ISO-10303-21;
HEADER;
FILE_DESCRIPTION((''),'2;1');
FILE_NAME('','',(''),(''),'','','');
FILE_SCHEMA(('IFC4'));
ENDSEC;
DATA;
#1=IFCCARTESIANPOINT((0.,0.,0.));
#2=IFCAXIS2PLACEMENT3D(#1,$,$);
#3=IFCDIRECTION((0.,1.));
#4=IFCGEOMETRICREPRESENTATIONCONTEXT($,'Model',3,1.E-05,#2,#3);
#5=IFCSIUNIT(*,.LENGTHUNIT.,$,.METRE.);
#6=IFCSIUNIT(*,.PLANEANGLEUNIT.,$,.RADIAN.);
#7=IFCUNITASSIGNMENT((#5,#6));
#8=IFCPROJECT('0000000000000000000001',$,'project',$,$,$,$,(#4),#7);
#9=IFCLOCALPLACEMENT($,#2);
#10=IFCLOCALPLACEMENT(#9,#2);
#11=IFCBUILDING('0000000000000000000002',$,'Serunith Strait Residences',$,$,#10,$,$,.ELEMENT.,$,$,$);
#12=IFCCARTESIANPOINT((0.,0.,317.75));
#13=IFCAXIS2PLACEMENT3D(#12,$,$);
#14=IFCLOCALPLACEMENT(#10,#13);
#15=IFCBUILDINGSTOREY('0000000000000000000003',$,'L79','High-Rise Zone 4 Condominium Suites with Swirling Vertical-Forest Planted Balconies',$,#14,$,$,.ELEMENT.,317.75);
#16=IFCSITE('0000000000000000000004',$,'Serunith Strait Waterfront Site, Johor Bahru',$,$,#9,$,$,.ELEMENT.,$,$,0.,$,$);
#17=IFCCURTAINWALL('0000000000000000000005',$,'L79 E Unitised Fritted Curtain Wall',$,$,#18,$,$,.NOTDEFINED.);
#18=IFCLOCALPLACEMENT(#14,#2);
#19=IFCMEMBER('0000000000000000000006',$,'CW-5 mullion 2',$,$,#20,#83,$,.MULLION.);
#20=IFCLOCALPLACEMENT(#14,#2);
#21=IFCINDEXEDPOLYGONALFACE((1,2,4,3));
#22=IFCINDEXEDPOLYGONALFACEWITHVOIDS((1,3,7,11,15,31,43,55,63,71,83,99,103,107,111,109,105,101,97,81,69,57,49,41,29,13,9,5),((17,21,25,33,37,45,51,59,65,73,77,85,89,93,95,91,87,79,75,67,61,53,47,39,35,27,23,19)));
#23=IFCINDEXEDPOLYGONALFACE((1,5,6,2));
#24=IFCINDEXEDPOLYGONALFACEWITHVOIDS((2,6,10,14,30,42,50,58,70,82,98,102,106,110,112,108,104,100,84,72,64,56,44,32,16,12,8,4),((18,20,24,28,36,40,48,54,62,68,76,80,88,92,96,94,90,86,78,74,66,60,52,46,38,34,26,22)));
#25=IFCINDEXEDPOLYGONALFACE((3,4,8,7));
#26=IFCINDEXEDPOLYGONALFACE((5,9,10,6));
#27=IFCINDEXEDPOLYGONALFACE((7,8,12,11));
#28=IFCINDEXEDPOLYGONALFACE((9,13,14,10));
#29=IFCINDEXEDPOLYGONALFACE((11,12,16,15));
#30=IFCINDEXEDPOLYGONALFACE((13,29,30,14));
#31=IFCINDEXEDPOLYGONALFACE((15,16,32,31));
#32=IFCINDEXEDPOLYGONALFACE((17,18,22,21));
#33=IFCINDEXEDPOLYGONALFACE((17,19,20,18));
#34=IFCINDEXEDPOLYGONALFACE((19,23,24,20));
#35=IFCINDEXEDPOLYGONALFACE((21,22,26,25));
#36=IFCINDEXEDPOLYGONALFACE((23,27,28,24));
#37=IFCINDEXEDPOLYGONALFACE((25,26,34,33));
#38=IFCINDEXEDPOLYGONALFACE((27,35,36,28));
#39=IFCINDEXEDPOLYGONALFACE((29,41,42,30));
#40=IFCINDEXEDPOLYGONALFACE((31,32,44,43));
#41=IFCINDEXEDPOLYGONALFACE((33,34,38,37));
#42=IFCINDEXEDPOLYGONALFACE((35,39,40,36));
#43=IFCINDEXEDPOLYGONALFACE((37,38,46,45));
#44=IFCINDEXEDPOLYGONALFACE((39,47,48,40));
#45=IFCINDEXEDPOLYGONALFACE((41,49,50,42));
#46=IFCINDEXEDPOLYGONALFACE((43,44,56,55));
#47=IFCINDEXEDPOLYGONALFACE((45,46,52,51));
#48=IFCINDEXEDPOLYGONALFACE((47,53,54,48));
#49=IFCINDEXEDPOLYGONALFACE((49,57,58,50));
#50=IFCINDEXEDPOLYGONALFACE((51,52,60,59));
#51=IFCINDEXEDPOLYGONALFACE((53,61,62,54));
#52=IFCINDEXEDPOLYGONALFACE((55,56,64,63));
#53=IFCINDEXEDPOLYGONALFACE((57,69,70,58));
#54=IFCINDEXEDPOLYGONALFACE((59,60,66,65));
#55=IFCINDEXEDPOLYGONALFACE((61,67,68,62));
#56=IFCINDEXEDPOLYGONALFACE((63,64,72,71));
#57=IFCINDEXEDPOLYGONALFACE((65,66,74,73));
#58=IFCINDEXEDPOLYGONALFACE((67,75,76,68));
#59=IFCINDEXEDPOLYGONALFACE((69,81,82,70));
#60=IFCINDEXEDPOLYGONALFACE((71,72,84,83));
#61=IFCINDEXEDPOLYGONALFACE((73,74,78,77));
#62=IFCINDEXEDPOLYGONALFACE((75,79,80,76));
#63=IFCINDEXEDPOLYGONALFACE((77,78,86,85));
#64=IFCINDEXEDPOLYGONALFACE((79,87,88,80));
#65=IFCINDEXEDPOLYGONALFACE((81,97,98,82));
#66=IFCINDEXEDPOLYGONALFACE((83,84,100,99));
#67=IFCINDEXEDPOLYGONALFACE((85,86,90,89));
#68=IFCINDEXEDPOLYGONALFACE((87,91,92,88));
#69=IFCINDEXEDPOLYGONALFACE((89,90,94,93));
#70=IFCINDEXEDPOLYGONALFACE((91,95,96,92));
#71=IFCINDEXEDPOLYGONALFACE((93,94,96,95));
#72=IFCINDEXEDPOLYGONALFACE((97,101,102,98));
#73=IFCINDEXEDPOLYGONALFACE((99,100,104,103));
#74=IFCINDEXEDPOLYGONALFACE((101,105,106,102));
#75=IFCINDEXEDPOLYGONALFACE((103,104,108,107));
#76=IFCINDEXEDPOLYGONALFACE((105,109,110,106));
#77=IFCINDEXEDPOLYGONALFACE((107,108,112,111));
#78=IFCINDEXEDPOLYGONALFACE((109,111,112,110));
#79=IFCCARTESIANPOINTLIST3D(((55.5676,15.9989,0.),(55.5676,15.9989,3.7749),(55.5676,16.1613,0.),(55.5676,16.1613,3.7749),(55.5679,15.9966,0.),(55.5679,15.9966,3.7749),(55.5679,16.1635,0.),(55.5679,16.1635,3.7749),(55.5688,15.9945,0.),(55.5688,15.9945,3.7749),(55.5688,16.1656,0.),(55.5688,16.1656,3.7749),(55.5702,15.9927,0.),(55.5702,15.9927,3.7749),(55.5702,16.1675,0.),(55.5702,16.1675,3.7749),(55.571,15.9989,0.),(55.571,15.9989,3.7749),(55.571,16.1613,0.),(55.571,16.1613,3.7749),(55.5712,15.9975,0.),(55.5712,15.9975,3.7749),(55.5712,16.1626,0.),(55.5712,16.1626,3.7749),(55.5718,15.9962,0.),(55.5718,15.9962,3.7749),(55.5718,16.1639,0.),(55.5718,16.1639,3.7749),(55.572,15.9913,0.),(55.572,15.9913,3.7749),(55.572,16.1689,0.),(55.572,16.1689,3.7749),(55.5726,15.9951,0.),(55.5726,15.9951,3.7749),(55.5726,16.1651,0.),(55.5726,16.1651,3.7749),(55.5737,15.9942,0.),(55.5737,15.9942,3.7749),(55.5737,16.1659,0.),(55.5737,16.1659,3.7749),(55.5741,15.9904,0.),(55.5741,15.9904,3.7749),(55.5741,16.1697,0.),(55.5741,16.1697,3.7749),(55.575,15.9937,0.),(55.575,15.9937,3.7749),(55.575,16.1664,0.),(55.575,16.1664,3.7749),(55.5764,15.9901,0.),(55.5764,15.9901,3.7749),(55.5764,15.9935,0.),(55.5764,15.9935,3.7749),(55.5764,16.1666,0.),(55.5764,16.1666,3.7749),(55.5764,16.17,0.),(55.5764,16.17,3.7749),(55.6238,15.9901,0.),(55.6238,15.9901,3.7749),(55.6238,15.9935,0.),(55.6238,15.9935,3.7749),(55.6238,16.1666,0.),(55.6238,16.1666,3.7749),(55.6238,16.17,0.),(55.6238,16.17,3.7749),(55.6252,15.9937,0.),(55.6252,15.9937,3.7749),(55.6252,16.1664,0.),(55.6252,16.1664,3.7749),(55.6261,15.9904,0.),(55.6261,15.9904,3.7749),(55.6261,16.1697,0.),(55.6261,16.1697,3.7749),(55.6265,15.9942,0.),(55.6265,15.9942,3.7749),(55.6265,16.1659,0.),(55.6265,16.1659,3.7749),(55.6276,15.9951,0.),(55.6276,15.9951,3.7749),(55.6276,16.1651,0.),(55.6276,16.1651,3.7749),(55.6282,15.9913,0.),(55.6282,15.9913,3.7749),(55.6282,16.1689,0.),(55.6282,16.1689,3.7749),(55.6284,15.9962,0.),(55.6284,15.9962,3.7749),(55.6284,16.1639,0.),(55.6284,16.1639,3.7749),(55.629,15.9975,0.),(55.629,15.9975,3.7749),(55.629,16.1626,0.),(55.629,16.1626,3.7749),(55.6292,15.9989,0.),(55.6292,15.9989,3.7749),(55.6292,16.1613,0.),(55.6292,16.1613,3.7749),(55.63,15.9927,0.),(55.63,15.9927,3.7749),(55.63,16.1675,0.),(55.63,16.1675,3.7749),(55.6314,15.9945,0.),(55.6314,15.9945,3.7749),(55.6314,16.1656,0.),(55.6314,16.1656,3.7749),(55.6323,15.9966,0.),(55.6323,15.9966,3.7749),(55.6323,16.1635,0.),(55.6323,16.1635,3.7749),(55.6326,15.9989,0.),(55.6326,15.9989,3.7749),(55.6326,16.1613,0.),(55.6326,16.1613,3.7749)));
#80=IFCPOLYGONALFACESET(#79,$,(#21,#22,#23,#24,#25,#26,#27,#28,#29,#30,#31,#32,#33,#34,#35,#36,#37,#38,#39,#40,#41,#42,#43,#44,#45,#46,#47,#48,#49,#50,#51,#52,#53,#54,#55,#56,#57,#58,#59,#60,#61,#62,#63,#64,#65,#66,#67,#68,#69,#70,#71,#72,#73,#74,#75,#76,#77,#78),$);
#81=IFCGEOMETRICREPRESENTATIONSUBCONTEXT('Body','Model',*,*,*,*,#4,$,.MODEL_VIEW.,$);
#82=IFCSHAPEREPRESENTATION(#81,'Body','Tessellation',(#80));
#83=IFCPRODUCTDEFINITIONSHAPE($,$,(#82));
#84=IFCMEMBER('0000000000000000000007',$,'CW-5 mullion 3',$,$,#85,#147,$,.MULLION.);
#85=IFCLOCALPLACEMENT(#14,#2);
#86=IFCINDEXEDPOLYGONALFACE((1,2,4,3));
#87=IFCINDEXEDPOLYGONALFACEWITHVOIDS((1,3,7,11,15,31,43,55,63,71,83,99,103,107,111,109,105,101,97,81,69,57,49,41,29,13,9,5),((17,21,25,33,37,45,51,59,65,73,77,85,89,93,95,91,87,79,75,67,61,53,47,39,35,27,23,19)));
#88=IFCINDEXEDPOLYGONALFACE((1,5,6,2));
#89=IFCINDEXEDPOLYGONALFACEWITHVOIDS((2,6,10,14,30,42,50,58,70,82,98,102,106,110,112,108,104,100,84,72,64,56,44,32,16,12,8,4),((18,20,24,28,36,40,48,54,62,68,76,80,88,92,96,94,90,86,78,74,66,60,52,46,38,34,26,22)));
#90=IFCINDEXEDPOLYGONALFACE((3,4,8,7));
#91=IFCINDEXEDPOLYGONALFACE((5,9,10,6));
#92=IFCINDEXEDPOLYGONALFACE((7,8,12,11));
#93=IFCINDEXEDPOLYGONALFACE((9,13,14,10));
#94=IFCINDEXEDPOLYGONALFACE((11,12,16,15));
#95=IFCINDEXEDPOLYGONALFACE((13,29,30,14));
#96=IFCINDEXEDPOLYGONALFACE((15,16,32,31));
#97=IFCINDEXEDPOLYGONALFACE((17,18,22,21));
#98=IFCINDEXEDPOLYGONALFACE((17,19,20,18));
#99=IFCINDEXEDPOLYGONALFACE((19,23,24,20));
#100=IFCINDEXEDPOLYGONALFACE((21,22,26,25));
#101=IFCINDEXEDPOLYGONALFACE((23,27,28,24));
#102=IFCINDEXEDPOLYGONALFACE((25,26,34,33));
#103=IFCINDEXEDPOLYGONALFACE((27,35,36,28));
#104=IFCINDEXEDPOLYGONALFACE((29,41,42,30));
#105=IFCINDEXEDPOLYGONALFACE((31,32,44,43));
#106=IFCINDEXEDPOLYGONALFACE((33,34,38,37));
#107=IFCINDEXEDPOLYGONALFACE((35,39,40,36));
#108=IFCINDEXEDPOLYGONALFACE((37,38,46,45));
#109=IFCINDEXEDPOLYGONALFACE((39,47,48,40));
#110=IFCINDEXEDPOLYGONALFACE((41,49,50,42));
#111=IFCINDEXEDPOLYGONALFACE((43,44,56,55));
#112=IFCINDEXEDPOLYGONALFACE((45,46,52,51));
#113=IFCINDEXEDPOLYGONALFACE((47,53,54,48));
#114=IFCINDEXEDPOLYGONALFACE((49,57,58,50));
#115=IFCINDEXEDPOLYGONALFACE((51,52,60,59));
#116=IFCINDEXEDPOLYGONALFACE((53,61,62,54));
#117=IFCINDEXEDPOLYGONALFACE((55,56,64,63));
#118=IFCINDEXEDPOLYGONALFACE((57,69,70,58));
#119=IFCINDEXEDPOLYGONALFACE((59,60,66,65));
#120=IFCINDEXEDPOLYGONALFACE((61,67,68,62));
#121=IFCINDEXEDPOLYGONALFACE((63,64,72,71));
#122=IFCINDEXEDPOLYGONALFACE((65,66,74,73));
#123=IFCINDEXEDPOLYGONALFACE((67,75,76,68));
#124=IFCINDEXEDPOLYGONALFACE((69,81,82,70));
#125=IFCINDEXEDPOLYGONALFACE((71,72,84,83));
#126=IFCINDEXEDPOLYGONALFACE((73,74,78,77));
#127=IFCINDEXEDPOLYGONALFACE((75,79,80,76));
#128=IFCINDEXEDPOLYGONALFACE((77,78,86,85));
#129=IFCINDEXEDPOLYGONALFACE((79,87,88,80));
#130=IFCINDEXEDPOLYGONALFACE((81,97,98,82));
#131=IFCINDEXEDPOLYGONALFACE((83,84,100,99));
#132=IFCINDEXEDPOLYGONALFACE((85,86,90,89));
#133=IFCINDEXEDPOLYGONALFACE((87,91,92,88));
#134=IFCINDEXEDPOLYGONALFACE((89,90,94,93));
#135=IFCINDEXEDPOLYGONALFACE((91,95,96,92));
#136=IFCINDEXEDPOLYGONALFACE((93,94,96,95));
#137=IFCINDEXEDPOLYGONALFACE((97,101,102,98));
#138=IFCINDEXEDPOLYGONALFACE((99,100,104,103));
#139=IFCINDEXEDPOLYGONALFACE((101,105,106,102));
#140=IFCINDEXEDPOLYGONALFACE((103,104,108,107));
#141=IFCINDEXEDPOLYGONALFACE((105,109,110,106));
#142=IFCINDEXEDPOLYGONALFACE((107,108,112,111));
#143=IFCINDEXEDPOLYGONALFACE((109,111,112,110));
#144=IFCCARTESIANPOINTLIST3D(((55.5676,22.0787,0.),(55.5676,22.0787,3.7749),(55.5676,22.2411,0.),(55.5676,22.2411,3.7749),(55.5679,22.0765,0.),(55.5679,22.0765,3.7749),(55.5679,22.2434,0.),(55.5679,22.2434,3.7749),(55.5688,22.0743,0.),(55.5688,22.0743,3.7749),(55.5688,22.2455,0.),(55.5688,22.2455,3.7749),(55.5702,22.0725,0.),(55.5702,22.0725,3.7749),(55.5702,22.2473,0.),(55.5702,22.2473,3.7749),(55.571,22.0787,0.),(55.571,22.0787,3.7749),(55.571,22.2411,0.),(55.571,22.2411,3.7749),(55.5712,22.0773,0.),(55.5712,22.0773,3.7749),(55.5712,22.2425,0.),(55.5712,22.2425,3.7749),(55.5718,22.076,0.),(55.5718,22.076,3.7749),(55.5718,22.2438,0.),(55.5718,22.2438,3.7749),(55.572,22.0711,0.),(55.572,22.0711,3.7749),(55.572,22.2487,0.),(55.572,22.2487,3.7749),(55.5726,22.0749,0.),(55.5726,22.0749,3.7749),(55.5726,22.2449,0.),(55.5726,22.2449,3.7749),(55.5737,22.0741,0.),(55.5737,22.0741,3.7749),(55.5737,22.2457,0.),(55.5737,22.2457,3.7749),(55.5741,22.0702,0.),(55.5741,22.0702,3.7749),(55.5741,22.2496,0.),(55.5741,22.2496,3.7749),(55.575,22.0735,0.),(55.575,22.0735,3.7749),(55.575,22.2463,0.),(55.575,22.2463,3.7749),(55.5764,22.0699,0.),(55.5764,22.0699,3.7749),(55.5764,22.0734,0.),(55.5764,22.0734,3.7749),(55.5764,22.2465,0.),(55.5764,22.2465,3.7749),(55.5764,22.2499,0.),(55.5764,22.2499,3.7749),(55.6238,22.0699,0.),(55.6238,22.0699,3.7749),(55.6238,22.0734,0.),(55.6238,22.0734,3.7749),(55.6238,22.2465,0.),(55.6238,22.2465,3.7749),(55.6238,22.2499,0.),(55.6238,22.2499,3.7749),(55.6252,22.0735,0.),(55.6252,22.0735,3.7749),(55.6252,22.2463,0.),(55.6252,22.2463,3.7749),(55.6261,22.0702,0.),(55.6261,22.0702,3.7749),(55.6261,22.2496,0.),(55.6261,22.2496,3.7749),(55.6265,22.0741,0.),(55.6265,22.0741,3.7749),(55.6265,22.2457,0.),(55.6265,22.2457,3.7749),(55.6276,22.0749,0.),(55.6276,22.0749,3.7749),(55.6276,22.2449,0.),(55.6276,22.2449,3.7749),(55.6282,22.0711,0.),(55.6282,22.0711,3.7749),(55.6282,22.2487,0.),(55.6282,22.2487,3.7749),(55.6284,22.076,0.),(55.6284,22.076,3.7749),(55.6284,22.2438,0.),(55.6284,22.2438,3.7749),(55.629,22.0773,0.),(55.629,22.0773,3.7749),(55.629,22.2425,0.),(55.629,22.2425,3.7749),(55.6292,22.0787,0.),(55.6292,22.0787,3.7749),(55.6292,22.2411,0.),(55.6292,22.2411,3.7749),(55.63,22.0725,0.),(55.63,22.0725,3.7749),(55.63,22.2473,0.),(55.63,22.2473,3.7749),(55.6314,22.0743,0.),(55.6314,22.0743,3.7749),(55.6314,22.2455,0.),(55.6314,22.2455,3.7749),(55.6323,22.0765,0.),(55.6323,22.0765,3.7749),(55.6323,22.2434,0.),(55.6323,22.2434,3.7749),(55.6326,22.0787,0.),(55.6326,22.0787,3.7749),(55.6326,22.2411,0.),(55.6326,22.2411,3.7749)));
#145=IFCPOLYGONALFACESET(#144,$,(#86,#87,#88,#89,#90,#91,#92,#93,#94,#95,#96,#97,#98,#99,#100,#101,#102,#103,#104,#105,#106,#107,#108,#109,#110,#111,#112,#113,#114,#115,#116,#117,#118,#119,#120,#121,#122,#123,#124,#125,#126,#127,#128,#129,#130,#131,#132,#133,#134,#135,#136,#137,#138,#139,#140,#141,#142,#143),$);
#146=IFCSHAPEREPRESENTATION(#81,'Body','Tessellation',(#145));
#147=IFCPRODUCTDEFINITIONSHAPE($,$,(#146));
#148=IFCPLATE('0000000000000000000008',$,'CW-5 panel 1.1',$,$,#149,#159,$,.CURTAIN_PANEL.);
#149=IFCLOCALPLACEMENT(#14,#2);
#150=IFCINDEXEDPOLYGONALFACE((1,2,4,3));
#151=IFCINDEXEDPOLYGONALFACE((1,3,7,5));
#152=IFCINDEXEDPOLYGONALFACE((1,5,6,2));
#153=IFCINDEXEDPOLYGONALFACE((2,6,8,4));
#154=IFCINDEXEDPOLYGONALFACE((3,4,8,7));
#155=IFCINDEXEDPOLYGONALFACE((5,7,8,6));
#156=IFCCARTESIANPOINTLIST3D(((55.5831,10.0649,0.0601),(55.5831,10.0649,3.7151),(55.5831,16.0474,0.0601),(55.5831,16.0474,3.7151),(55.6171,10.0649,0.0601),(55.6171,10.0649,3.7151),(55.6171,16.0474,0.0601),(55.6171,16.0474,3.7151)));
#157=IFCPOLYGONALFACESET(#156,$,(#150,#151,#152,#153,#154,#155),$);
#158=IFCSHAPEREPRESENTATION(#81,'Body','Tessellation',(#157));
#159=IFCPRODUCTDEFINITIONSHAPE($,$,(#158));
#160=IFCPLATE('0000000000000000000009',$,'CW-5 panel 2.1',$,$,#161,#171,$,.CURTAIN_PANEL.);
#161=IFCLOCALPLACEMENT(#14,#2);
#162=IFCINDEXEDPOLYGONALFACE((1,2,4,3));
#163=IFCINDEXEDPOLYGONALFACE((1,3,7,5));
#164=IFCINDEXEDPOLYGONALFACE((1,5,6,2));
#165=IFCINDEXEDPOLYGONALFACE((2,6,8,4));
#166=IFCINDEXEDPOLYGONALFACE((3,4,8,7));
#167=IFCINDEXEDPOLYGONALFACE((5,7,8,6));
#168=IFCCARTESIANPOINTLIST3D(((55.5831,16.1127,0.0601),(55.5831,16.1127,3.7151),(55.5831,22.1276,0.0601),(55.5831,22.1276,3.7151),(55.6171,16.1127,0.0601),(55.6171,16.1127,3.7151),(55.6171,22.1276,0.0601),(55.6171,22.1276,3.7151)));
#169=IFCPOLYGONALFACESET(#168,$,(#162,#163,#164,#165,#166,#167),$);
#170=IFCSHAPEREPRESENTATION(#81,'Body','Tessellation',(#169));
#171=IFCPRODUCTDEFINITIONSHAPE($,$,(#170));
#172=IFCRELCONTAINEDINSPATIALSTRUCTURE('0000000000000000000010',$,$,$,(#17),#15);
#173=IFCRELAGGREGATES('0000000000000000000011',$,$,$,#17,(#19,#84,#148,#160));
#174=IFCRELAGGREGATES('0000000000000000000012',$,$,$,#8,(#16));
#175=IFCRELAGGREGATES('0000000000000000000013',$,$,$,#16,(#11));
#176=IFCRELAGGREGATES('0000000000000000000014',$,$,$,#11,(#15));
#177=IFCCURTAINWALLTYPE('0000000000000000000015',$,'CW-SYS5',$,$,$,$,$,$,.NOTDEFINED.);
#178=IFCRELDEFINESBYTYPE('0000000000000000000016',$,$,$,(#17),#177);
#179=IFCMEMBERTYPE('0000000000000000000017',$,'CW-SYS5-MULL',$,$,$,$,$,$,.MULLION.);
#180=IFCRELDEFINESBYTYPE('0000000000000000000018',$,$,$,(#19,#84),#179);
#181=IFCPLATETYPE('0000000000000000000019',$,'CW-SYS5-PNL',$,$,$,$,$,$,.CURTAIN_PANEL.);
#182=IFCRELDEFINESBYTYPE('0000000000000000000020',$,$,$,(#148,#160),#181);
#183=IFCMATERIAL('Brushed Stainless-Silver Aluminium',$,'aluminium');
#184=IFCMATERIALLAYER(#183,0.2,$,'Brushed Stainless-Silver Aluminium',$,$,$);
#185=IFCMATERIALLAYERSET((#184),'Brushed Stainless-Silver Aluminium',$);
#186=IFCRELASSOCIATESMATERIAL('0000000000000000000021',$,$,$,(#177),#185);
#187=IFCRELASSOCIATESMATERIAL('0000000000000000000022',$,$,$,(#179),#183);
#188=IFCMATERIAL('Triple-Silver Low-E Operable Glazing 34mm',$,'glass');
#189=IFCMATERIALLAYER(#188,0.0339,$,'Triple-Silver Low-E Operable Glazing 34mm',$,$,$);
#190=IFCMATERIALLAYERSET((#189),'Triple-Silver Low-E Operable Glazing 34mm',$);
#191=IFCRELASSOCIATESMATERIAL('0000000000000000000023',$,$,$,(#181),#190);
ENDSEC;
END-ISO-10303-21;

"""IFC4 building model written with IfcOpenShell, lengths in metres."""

from ifc_helpers import new_model, si_unit, direction, frame, origin, origin_2d, place, context, subcontext, project, spatial, rectangle, hollow_rectangle, extrude, source, transform, mapped, material, layer, layer_set, material_profile, profile_set, type_object, element, aggregate, save


model = new_model("IFC4")

# Units and contexts
model_context = context("Model", 3, precision=1e-05, world=origin(), true_north=direction((0.0, 1.0)))
body_context = subcontext(model_context, "Body", "Model", "MODEL_VIEW")
ifc_project = project(units=[si_unit("LENGTHUNIT", "METRE"), si_unit("PLANEANGLEUNIT", "RADIAN")], contexts=[model_context])

# Site, building, storey
site_placement = place(None, origin())
site = spatial("IfcSite", under=ifc_project, at=site_placement, Name="Serunith Strait Waterfront Site, Johor Bahru", CompositionType="ELEMENT", RefElevation=0.0)
building_placement = place(site_placement, origin())
building = spatial("IfcBuilding", under=site, at=building_placement, Name="Serunith Strait Residences", CompositionType="ELEMENT")
storey_placement = place(building_placement, frame((0.0, 0.0, 317.75)))
storey = spatial("IfcBuildingStorey", under=building, at=storey_placement, Name="L79", Description="High-Rise Zone 4 Condominium Suites with Swirling Vertical-Forest Planted Balconies", CompositionType="ELEMENT", Elevation=317.75)

# Curtain wall, members, plates
ifc_material_1 = material(Name="Brushed Stainless-Silver Aluminium", Category="aluminium")
ifc_layer_1 = layer(ifc_material_1, 0.2, Name="Brushed Stainless-Silver Aluminium")
ifc_layer_set_1 = layer_set([ifc_layer_1], Name="Brushed Stainless-Silver Aluminium")
curtain_wall_type = type_object("IfcCurtainWallType", Name="CW-SYS5", PredefinedType="NOTDEFINED", material=ifc_layer_set_1)
curtain_wall_placement = place(storey_placement, origin())
curtain_wall = element("IfcCurtainWall", 1, at=curtain_wall_placement, inside=storey, type_object=curtain_wall_type, Name="L79 E Unitised Fritted Curtain Wall", PredefinedType="NOTDEFINED")
ifc_material_profile_1 = material_profile(ifc_material_1, hollow_rectangle(XDim=0.0649, YDim=0.1799, WallThickness=0.0034, InnerFilletRadius=0.0054, OuterFilletRadius=0.0088, at=origin_2d()), Name="ALU 180x65x3.5")
ifc_profile_set_1 = profile_set([ifc_material_profile_1], Name="Brushed Stainless-Silver Aluminium")
member_type_1 = type_object("IfcMemberType", Name="CW-SYS5-MULL", PredefinedType="MULLION", material=ifc_profile_set_1)
shared_shape_1 = source(origin(), body_context, "Body", "SweptSolid", [
    extrude(hollow_rectangle(XDim=0.0649, YDim=0.1799, WallThickness=0.0034, InnerFilletRadius=0.0054, OuterFilletRadius=0.0088, at=origin_2d()), origin(), (0.0, 0.0, 1.0), 3.7749),
])
member_1_placement = place(storey_placement, frame((55.6001, 16.0801, 0.0), z_axis=(0.0, 0.0, 1.0), x_axis=(-1.0, 0.0, 0.0)))
member_1 = element("IfcMember", 2, at=member_1_placement, type_object=member_type_1, Name="CW-5 mullion 2", PredefinedType="MULLION", context=body_context, shape_type="MappedRepresentation", body=[
    mapped(shared_shape_1, transform((0.0, 0.0, 0.0), scale=1.0)),
])
member_2_placement = place(storey_placement, frame((55.6001, 22.1599, 0.0), z_axis=(0.0, 0.0, 1.0), x_axis=(-1.0, 0.0, 0.0)))
member_2 = element("IfcMember", 3, at=member_2_placement, type_object=member_type_1, Name="CW-5 mullion 3", PredefinedType="MULLION", context=body_context, shape_type="MappedRepresentation", body=[
    mapped(shared_shape_1, transform((0.0, 0.0, 0.0), scale=1.0)),
])
ifc_material_2 = material(Name="Triple-Silver Low-E Operable Glazing 34mm", Category="glass")
ifc_layer_2 = layer(ifc_material_2, 0.0339, Name="Triple-Silver Low-E Operable Glazing 34mm")
ifc_layer_set_2 = layer_set([ifc_layer_2], Name="Triple-Silver Low-E Operable Glazing 34mm")
plate_type = type_object("IfcPlateType", Name="CW-SYS5-PNL", PredefinedType="CURTAIN_PANEL", material=ifc_layer_set_2)
shared_shape_2 = source(origin(), body_context, "Body", "SweptSolid", [
    extrude(rectangle(XDim=5.9824, YDim=0.0339, at=origin_2d()), origin(), (0.0, 0.0, 1.0), 3.655),
])
plate_1_placement = place(storey_placement, frame((55.6001, 13.0562, 0.0601), z_axis=(0.0, 0.0, 1.0), x_axis=(0.0, 1.0, 0.0)))
plate_1 = element("IfcPlate", 4, at=plate_1_placement, type_object=plate_type, Name="CW-5 panel 1.1", PredefinedType="CURTAIN_PANEL", context=body_context, shape_type="MappedRepresentation", body=[
    mapped(shared_shape_2, transform((0.0, 0.0, 0.0), scale=1.0)),
])
shared_shape_3 = source(origin(), body_context, "Body", "SweptSolid", [
    extrude(rectangle(XDim=6.0149, YDim=0.0339, at=origin_2d()), origin(), (0.0, 0.0, 1.0), 3.655),
])
plate_2_placement = place(storey_placement, frame((55.6001, 19.1201, 0.0601), z_axis=(0.0, 0.0, 1.0), x_axis=(0.0, 1.0, 0.0)))
plate_2 = element("IfcPlate", 5, at=plate_2_placement, type_object=plate_type, Name="CW-5 panel 2.1", PredefinedType="CURTAIN_PANEL", context=body_context, shape_type="MappedRepresentation", body=[
    mapped(shared_shape_3, transform((0.0, 0.0, 0.0), scale=1.0)),
])
aggregate(curtain_wall, [member_1, member_2, plate_1, plate_2])

save(model, "model.ifc")
